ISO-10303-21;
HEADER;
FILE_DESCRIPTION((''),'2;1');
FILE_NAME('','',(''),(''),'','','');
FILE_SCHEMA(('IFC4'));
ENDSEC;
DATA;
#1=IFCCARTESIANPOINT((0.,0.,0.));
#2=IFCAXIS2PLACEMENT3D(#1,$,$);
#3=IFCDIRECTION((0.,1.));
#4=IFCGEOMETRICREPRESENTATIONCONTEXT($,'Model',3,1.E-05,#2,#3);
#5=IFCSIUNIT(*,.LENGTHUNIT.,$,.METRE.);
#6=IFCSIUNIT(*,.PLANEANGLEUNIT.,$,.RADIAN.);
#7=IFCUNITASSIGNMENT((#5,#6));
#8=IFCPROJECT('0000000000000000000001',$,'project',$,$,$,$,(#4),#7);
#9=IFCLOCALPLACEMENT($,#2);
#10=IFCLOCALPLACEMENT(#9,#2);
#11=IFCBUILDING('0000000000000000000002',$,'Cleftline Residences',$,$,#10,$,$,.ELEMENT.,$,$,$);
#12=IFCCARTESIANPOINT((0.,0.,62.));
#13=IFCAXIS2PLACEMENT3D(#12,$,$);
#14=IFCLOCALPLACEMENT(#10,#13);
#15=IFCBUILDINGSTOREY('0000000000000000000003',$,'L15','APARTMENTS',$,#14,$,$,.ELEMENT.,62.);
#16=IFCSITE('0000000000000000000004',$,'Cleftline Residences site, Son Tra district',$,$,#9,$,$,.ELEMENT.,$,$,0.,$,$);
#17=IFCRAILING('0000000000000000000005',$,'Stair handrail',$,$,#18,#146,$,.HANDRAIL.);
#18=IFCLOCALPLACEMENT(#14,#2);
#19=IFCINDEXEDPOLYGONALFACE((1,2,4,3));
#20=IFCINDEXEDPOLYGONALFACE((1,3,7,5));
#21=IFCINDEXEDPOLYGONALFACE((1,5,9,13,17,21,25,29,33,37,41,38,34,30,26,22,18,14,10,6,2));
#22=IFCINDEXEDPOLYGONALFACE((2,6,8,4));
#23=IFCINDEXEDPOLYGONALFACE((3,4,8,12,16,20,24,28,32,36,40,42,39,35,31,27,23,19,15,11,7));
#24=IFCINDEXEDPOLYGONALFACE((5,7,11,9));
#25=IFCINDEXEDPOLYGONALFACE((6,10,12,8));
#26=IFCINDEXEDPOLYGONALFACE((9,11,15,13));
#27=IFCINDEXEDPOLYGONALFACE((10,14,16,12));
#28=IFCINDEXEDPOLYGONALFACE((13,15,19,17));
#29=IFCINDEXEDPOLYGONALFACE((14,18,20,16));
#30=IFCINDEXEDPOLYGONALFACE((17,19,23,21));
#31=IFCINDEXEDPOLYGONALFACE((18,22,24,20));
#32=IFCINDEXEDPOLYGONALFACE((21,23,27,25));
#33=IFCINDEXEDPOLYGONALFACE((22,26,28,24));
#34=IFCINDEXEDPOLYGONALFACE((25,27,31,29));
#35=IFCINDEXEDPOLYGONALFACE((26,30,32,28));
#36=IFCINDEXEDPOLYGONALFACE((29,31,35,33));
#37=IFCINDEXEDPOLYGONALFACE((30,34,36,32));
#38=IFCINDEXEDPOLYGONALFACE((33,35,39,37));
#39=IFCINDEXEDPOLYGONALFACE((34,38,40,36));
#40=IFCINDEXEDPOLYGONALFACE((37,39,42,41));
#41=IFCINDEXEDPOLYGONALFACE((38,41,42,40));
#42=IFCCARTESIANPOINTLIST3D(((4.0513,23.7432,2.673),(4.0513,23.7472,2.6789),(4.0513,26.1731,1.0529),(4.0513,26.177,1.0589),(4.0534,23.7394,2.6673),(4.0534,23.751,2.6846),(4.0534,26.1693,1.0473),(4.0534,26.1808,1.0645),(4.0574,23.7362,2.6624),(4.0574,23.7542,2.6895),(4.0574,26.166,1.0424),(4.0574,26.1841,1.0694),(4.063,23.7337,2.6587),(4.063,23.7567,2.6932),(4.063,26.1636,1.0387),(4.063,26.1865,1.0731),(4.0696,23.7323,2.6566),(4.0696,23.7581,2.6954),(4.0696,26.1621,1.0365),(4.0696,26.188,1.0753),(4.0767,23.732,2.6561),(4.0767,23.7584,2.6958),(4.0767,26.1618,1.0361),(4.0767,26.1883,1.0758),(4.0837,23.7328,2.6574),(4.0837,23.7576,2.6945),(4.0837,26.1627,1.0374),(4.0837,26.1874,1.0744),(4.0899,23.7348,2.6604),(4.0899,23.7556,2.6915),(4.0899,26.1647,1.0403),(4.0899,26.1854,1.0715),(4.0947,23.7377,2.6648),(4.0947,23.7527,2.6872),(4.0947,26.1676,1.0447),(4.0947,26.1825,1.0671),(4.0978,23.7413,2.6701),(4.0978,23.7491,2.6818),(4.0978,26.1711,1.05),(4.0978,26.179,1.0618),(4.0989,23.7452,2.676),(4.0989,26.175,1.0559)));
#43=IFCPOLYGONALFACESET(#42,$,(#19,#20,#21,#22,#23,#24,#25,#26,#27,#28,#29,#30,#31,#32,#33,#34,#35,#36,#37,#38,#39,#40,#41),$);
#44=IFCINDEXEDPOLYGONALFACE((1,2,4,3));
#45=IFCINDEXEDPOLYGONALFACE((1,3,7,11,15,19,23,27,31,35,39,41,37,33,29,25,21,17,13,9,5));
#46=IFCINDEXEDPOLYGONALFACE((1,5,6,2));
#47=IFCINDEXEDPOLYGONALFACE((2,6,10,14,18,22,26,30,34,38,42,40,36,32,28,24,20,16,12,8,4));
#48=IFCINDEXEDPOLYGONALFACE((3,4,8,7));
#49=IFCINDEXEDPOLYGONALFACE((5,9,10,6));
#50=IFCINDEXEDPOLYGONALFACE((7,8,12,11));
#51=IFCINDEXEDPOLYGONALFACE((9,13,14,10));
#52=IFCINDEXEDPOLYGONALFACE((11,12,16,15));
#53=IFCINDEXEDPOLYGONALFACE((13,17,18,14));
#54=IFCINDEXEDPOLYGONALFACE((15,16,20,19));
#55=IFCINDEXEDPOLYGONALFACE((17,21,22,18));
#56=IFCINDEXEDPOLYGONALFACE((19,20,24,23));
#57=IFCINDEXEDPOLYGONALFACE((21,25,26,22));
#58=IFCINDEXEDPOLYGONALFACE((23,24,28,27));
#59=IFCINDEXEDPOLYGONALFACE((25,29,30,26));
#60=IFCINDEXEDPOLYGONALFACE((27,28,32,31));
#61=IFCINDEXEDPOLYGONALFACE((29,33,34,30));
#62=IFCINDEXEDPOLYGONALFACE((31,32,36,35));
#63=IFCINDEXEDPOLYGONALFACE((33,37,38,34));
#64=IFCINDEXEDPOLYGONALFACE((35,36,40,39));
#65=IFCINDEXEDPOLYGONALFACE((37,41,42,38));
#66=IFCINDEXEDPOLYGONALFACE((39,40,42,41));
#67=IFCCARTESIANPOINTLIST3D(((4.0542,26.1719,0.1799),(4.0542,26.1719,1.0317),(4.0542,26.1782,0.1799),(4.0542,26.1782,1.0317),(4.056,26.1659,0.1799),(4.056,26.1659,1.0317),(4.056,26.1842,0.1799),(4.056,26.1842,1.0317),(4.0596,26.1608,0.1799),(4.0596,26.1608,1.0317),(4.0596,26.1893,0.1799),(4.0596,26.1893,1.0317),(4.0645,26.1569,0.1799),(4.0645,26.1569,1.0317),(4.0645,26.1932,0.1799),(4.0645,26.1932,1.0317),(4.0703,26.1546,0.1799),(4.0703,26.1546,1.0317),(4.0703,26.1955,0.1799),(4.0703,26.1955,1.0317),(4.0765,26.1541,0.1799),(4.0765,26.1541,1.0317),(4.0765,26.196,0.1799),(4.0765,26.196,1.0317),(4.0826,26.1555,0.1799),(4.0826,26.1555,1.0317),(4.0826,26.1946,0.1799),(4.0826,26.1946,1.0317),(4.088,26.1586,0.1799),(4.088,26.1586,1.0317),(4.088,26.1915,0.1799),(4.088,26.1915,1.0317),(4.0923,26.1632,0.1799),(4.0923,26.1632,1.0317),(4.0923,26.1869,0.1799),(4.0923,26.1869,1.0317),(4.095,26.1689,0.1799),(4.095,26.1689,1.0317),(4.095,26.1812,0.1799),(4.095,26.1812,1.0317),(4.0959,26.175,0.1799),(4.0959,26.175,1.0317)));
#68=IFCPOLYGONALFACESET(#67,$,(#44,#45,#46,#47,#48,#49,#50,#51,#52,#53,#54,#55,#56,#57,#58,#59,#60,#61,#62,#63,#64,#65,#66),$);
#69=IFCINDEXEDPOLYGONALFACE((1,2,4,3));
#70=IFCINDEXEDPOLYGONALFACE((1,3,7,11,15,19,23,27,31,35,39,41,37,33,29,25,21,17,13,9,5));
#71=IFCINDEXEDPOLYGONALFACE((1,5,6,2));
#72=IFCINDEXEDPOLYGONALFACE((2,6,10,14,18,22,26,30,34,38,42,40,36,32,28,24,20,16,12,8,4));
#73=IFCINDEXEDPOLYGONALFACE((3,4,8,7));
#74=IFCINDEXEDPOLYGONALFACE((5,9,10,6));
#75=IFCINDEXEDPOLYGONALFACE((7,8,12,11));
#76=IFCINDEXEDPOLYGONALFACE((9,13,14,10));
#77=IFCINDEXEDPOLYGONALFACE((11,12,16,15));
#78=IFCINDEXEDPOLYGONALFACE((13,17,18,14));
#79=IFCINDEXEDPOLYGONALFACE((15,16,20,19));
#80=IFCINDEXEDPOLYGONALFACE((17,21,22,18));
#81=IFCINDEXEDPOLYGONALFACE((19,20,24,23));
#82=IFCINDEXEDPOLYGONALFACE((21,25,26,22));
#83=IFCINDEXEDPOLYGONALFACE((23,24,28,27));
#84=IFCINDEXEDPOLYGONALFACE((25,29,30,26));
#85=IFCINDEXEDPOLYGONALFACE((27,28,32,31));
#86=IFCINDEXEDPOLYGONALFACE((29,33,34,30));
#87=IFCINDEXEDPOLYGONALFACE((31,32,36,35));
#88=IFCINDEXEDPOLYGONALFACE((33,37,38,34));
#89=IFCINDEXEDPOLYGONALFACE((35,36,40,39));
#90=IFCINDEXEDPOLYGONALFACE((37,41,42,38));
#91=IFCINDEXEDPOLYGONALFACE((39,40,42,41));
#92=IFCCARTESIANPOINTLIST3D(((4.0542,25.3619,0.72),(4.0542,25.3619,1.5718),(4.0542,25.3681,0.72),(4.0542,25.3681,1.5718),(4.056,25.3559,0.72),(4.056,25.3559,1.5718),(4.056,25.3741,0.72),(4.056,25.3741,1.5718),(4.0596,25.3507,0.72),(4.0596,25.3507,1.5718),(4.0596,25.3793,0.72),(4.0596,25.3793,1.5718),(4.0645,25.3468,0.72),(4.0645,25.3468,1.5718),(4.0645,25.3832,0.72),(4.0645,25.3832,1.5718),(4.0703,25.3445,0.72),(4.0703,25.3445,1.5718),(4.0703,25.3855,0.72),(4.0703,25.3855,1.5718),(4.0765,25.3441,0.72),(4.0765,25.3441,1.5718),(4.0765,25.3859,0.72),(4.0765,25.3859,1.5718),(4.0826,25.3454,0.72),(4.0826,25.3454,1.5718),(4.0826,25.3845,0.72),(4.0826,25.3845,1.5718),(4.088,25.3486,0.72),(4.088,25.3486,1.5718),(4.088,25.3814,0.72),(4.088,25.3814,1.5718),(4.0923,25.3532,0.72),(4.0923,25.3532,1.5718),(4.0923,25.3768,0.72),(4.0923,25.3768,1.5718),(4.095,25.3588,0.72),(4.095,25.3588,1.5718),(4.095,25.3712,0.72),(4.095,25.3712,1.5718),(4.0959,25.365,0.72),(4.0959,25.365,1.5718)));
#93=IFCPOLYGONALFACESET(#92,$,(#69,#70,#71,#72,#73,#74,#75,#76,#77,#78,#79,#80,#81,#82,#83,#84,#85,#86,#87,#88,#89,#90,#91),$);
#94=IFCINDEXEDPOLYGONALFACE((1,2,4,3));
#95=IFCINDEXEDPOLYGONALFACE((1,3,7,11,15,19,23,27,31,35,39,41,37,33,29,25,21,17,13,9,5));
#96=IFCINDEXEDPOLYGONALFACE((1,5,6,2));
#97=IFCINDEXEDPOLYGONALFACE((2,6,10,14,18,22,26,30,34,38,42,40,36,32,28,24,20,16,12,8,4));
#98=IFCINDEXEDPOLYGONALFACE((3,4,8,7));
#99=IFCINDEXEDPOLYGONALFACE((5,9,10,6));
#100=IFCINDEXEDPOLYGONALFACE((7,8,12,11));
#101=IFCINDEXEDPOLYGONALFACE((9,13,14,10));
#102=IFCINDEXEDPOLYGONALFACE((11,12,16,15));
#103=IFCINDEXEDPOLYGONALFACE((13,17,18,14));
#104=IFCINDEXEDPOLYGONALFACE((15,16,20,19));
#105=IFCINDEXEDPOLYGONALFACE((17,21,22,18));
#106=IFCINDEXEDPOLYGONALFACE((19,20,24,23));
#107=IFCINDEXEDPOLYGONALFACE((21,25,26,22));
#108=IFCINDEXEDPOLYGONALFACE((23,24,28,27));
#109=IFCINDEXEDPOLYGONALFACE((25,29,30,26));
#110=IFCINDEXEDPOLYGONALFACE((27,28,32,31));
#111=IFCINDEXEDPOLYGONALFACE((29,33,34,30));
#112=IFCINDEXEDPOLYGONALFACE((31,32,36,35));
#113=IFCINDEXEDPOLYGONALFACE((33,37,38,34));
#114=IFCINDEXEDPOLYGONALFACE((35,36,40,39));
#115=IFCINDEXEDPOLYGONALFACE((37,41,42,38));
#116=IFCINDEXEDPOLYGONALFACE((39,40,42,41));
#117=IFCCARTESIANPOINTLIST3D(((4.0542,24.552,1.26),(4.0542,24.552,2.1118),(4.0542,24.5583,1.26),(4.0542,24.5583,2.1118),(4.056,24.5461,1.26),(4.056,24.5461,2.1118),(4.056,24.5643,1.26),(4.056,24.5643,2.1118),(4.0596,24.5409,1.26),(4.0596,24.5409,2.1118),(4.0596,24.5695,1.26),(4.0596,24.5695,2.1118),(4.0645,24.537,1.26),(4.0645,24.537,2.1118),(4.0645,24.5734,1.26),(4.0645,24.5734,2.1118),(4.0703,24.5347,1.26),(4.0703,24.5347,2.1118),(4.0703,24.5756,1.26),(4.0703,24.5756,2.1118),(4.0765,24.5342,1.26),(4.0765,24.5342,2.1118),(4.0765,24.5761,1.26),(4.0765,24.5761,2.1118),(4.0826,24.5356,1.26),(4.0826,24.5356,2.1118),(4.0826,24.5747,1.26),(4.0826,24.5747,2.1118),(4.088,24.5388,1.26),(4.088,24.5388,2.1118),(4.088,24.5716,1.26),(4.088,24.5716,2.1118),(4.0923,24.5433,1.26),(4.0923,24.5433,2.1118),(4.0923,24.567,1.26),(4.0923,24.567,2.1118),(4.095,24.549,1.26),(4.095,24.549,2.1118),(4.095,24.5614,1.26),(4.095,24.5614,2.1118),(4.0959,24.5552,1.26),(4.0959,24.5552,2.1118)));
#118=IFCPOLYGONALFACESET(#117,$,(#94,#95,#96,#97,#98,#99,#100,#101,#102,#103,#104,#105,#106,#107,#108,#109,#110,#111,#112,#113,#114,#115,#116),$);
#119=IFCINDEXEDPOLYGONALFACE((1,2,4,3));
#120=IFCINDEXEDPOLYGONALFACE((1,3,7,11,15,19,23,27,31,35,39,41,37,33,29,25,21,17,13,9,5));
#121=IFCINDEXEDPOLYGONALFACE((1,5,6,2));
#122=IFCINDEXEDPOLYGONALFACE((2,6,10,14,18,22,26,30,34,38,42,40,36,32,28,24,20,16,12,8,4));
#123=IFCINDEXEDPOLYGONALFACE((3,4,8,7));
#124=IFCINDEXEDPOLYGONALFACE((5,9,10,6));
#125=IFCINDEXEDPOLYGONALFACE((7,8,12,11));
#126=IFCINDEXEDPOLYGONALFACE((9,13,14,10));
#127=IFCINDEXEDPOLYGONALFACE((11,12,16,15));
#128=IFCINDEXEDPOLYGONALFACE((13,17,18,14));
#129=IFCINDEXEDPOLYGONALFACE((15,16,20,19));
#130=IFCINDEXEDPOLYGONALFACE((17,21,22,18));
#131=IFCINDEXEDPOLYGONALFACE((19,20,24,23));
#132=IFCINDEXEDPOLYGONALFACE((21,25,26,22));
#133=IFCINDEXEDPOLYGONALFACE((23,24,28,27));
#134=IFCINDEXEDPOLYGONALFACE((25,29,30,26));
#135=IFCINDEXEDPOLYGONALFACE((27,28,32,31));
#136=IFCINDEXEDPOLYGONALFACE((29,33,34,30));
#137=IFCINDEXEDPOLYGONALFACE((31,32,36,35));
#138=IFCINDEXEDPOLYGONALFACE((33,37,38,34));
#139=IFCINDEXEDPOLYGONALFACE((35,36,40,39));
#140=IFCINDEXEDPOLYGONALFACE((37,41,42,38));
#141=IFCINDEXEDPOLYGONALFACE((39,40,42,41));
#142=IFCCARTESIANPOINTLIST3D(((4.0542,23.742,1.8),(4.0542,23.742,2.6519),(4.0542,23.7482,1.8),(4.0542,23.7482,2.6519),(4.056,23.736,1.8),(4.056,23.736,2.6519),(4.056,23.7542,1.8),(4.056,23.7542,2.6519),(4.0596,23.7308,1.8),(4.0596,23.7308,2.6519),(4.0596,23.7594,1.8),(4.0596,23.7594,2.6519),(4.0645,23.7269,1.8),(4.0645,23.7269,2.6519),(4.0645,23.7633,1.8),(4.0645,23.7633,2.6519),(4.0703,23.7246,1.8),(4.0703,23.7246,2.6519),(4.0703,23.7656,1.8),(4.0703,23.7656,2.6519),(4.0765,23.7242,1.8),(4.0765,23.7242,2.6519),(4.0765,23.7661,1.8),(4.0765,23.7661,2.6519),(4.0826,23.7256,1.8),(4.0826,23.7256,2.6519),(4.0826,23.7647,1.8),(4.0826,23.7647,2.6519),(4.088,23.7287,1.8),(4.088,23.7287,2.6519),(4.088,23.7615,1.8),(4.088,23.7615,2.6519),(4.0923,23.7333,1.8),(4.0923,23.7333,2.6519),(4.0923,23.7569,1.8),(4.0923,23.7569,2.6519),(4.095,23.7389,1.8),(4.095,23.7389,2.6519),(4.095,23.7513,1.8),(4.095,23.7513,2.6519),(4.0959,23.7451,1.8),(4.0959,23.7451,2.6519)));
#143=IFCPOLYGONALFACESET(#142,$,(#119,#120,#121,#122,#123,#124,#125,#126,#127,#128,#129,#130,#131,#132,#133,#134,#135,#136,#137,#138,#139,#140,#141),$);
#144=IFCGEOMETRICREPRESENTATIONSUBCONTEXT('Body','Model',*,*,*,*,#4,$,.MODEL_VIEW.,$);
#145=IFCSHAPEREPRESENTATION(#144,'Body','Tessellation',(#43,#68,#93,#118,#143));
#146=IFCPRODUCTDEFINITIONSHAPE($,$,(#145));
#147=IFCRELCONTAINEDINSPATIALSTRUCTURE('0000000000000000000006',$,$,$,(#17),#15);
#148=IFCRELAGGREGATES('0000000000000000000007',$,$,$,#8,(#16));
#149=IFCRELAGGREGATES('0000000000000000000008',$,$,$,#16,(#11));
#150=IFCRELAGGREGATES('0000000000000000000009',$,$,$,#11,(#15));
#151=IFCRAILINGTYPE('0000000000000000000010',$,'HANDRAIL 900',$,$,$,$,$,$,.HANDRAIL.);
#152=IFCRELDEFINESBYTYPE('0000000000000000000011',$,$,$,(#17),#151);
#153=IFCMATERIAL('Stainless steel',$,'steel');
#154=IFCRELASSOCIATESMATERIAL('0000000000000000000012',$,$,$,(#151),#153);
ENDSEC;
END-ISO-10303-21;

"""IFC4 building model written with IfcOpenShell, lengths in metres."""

from ifc_helpers import new_model, si_unit, direction, frame, origin, origin_2d, place, context, subcontext, project, spatial, circle, extrude, material, type_object, element, save


model = new_model("IFC4")

# Units and contexts
model_context = context("Model", 3, precision=1e-05, world=origin(), true_north=direction((0.0, 1.0)))
body_context = subcontext(model_context, "Body", "Model", "MODEL_VIEW")
ifc_project = project(units=[si_unit("LENGTHUNIT", "METRE"), si_unit("PLANEANGLEUNIT", "RADIAN")], contexts=[model_context])

# Site, building, storey
site_placement = place(None, origin())
site = spatial("IfcSite", under=ifc_project, at=site_placement, Name="Cleftline Residences site, Son Tra district", CompositionType="ELEMENT", RefElevation=0.0)
building_placement = place(site_placement, origin())
building = spatial("IfcBuilding", under=site, at=building_placement, Name="Cleftline Residences", CompositionType="ELEMENT")
storey_placement = place(building_placement, frame((0.0, 0.0, 62.0)))
storey = spatial("IfcBuildingStorey", under=building, at=storey_placement, Name="L15", Description="APARTMENTS", CompositionType="ELEMENT", Elevation=62.0)

# Railing
ifc_material_1 = material(Name="Stainless steel", Category="steel")
railing_type = type_object("IfcRailingType", Name="HANDRAIL 900", PredefinedType="HANDRAIL", material=ifc_material_1)
railing_1_placement = place(storey_placement, frame((4.075, 26.175, 0.1799)))
element("IfcRailing", 1, at=railing_1_placement, inside=storey, type_object=railing_type, Name="Stair handrail", PredefinedType="HANDRAIL", context=body_context, shape_type="SweptSolid", body=[
    extrude(circle(Radius=0.0239, at=origin_2d()), frame((0.0, 0.0, 0.876), z_axis=(0.0, -0.832025, 0.554739), x_axis=(1.0, 0.0, 0.0)), (0.0, 0.0, 1.0), 2.9204),
    extrude(circle(Radius=0.021, at=origin_2d()), origin(), (0.0, 0.0, 1.0), 0.8518),
    extrude(circle(Radius=0.021, at=origin_2d()), frame((0.0, -0.8101, 0.54)), (0.0, 0.0, 1.0), 0.8518),
    extrude(circle(Radius=0.021, at=origin_2d()), frame((0.0, -1.6199, 1.0801)), (0.0, 0.0, 1.0), 0.8518),
    extrude(circle(Radius=0.021, at=origin_2d()), frame((0.0, -2.4299, 1.6201)), (0.0, 0.0, 1.0), 0.8518),
])

save(model, "model.ifc")
